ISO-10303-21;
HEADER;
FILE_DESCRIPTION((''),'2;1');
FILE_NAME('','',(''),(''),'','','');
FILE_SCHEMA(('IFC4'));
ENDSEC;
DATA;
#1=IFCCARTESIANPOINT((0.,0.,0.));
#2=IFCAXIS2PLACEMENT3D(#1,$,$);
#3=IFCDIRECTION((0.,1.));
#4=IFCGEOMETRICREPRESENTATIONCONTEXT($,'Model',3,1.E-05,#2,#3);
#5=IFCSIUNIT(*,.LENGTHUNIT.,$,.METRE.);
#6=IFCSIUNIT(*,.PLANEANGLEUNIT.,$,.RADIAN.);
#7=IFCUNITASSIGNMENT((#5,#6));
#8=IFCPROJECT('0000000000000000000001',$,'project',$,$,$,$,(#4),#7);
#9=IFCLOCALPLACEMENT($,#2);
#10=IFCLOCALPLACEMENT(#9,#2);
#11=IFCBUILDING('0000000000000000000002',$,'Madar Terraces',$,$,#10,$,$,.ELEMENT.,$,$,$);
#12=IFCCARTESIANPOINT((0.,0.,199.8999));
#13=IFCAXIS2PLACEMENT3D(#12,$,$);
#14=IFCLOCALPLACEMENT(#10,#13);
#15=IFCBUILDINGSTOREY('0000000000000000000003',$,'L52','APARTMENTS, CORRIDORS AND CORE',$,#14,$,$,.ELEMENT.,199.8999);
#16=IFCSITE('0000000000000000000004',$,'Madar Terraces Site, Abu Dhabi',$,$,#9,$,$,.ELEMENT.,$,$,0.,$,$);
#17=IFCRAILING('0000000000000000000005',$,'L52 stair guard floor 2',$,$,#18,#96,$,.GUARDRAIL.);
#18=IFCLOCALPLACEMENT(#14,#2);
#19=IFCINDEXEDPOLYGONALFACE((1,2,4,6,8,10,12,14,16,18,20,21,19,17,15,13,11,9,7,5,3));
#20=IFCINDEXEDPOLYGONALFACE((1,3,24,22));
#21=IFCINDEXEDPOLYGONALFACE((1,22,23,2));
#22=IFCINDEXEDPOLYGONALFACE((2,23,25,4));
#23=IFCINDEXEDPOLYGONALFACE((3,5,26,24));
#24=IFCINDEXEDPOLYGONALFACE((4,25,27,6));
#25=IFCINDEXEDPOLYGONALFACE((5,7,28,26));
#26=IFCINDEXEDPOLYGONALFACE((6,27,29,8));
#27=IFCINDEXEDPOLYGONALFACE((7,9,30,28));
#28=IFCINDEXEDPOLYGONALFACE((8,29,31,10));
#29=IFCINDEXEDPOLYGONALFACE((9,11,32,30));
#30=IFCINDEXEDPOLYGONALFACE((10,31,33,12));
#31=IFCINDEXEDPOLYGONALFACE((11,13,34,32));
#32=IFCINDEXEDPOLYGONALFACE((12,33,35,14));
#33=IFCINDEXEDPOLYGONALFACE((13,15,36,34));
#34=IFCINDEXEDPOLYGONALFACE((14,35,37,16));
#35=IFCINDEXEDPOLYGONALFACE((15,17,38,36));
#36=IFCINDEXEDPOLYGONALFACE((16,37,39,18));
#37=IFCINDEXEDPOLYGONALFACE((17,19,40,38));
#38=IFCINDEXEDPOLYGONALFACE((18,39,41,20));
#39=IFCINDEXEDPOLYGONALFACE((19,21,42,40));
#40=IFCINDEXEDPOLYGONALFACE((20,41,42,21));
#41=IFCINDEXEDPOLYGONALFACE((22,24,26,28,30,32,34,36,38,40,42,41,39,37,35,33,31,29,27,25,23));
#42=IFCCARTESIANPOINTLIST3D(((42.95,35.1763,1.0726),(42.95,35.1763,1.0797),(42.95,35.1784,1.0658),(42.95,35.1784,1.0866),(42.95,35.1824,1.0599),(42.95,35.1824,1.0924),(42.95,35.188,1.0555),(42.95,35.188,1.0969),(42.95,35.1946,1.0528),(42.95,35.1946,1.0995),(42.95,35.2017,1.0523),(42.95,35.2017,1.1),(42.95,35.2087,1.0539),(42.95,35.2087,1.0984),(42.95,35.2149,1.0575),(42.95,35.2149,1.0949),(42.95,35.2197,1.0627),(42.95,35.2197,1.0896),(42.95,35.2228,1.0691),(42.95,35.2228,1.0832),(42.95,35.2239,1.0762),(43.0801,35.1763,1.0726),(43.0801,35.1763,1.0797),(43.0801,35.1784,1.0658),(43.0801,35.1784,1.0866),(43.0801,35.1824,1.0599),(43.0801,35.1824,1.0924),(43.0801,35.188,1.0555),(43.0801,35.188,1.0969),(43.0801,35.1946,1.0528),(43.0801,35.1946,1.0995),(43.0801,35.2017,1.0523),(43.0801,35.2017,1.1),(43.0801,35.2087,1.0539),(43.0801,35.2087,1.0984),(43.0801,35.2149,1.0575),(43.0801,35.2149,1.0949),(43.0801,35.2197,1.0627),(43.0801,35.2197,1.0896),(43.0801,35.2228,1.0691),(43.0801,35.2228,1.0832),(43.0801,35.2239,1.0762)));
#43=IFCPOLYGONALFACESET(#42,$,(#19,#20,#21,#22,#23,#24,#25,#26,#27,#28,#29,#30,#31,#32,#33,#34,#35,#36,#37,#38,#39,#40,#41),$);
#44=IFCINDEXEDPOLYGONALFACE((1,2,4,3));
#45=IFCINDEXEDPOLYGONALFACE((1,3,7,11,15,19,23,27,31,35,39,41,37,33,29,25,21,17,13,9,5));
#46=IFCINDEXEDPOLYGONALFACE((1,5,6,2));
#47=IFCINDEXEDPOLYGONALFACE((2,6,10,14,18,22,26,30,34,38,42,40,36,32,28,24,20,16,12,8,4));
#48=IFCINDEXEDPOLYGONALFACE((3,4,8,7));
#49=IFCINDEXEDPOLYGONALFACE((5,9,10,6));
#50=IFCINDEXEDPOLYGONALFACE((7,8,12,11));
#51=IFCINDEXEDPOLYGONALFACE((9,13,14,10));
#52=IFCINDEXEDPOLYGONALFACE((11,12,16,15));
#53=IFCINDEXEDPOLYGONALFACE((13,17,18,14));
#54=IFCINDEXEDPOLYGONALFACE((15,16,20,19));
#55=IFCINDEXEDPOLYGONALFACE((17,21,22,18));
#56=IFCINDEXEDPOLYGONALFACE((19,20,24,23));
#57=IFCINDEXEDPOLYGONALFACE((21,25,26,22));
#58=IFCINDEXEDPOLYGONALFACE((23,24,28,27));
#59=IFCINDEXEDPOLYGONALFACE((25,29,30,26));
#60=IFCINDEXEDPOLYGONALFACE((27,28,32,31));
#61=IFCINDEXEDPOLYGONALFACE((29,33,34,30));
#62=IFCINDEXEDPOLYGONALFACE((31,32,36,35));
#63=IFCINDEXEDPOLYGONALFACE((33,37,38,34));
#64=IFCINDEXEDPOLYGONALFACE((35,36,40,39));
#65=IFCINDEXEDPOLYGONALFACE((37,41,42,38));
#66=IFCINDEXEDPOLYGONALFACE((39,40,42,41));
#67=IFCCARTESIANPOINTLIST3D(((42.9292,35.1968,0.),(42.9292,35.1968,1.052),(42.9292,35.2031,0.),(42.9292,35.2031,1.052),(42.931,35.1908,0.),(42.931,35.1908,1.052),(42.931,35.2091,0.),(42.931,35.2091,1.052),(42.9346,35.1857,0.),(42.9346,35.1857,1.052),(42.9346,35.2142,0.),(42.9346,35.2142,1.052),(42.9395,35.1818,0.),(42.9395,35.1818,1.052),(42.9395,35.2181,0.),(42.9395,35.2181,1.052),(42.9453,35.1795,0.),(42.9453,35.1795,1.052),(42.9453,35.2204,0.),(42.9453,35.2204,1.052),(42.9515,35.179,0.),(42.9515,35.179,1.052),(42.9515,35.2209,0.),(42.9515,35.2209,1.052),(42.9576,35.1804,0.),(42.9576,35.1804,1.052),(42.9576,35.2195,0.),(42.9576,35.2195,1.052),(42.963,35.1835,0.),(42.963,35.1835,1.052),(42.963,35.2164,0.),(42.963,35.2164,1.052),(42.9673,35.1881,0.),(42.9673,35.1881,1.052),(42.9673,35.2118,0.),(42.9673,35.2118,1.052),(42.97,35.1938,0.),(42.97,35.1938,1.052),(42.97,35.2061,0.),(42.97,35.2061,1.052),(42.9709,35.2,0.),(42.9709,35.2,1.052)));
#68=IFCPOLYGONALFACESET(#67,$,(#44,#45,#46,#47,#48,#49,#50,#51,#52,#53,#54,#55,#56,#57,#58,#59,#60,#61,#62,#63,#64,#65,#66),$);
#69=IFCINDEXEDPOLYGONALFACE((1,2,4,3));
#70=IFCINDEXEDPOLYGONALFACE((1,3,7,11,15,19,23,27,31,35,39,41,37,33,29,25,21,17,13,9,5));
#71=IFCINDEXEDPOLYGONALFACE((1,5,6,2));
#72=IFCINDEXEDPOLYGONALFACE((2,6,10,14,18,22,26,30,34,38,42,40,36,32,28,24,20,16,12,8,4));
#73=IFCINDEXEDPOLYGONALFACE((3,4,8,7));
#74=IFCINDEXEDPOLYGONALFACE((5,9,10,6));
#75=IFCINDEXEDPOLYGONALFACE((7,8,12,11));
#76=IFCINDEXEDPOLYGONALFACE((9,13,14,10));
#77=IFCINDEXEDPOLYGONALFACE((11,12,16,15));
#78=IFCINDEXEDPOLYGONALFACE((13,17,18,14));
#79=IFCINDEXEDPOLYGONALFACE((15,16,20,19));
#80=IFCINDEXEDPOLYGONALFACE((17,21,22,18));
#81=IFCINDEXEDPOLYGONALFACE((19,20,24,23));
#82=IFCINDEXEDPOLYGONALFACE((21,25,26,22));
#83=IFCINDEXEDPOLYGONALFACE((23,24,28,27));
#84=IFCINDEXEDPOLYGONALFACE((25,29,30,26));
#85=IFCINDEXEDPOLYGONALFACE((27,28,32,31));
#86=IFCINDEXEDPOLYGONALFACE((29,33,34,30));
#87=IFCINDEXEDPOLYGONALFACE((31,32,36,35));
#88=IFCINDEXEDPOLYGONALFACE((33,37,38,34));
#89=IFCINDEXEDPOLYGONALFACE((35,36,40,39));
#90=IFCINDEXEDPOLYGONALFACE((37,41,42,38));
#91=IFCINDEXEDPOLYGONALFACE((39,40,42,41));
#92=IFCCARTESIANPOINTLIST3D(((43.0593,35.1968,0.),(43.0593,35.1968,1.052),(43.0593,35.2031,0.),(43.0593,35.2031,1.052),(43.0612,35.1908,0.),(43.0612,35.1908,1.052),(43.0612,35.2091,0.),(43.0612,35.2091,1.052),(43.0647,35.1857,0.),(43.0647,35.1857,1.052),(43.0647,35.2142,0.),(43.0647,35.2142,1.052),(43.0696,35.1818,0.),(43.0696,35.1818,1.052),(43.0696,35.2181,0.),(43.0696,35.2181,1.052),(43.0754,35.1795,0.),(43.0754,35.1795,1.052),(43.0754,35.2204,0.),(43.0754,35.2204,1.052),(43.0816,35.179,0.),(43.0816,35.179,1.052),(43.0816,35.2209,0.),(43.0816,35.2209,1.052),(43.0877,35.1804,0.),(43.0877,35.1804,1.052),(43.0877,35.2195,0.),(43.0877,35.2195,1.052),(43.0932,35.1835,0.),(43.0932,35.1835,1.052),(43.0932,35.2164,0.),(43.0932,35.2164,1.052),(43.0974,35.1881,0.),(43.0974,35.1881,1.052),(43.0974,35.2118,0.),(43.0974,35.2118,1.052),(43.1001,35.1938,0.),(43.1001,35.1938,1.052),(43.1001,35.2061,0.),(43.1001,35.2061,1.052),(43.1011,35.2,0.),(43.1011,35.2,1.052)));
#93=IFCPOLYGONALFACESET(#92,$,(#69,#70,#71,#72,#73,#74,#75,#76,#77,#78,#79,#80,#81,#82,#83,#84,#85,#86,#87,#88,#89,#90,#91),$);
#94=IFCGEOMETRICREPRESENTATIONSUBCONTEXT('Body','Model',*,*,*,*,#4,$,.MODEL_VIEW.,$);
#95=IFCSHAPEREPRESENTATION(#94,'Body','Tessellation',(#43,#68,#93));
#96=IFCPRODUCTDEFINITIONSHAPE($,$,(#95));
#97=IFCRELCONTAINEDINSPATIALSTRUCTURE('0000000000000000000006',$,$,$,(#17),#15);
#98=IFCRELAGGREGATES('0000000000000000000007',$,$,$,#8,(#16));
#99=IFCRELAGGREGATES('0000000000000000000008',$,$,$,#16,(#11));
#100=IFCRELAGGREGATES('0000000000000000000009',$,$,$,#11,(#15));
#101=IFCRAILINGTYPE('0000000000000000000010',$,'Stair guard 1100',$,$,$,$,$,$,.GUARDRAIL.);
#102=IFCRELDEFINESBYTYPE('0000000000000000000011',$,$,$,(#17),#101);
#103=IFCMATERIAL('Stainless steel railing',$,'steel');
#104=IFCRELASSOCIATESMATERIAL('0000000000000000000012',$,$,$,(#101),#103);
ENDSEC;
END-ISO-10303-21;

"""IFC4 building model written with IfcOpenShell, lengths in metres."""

from ifc_helpers import new_model, si_unit, direction, frame, origin, origin_2d, place, context, subcontext, project, spatial, circle, extrude, material, type_object, element, save


model = new_model("IFC4")

# Units and contexts
model_context = context("Model", 3, precision=1e-05, world=origin(), true_north=direction((0.0, 1.0)))
body_context = subcontext(model_context, "Body", "Model", "MODEL_VIEW")
ifc_project = project(units=[si_unit("LENGTHUNIT", "METRE"), si_unit("PLANEANGLEUNIT", "RADIAN")], contexts=[model_context])

# Site, building, storey
site_placement = place(None, origin())
site = spatial("IfcSite", under=ifc_project, at=site_placement, Name="Madar Terraces Site, Abu Dhabi", CompositionType="ELEMENT", RefElevation=0.0)
building_placement = place(site_placement, origin())
building = spatial("IfcBuilding", under=site, at=building_placement, Name="Madar Terraces", CompositionType="ELEMENT")
storey_placement = place(building_placement, frame((0.0, 0.0, 199.8999)))
storey = spatial("IfcBuildingStorey", under=building, at=storey_placement, Name="L52", Description="APARTMENTS, CORRIDORS AND CORE", CompositionType="ELEMENT", Elevation=199.8999)

# Railing
ifc_material_1 = material(Name="Stainless steel railing", Category="steel")
railing_type_1 = type_object("IfcRailingType", Name="Stair guard 1100", PredefinedType="GUARDRAIL", material=ifc_material_1)
railing_1_placement = place(storey_placement, frame((42.95, 35.2, 0.0)))
element("IfcRailing", 1, at=railing_1_placement, inside=storey, type_object=railing_type_1, Name="L52 stair guard floor 2", PredefinedType="GUARDRAIL", context=body_context, shape_type="SweptSolid", body=[
    extrude(circle(Radius=0.0239, at=origin_2d()), frame((0.0, 0.0, 1.0762), z_axis=(1.0, 0.0, 0.0), x_axis=(0.0, 1.0, 0.0)), (0.0, 0.0, 1.0), 0.1301),
    extrude(circle(Radius=0.021, at=origin_2d()), origin(), (0.0, 0.0, 1.0), 1.052),
    extrude(circle(Radius=0.021, at=origin_2d()), frame((0.1301, 0.0, 0.0)), (0.0, 0.0, 1.0), 1.052),
])

save(model, "model.ifc")
